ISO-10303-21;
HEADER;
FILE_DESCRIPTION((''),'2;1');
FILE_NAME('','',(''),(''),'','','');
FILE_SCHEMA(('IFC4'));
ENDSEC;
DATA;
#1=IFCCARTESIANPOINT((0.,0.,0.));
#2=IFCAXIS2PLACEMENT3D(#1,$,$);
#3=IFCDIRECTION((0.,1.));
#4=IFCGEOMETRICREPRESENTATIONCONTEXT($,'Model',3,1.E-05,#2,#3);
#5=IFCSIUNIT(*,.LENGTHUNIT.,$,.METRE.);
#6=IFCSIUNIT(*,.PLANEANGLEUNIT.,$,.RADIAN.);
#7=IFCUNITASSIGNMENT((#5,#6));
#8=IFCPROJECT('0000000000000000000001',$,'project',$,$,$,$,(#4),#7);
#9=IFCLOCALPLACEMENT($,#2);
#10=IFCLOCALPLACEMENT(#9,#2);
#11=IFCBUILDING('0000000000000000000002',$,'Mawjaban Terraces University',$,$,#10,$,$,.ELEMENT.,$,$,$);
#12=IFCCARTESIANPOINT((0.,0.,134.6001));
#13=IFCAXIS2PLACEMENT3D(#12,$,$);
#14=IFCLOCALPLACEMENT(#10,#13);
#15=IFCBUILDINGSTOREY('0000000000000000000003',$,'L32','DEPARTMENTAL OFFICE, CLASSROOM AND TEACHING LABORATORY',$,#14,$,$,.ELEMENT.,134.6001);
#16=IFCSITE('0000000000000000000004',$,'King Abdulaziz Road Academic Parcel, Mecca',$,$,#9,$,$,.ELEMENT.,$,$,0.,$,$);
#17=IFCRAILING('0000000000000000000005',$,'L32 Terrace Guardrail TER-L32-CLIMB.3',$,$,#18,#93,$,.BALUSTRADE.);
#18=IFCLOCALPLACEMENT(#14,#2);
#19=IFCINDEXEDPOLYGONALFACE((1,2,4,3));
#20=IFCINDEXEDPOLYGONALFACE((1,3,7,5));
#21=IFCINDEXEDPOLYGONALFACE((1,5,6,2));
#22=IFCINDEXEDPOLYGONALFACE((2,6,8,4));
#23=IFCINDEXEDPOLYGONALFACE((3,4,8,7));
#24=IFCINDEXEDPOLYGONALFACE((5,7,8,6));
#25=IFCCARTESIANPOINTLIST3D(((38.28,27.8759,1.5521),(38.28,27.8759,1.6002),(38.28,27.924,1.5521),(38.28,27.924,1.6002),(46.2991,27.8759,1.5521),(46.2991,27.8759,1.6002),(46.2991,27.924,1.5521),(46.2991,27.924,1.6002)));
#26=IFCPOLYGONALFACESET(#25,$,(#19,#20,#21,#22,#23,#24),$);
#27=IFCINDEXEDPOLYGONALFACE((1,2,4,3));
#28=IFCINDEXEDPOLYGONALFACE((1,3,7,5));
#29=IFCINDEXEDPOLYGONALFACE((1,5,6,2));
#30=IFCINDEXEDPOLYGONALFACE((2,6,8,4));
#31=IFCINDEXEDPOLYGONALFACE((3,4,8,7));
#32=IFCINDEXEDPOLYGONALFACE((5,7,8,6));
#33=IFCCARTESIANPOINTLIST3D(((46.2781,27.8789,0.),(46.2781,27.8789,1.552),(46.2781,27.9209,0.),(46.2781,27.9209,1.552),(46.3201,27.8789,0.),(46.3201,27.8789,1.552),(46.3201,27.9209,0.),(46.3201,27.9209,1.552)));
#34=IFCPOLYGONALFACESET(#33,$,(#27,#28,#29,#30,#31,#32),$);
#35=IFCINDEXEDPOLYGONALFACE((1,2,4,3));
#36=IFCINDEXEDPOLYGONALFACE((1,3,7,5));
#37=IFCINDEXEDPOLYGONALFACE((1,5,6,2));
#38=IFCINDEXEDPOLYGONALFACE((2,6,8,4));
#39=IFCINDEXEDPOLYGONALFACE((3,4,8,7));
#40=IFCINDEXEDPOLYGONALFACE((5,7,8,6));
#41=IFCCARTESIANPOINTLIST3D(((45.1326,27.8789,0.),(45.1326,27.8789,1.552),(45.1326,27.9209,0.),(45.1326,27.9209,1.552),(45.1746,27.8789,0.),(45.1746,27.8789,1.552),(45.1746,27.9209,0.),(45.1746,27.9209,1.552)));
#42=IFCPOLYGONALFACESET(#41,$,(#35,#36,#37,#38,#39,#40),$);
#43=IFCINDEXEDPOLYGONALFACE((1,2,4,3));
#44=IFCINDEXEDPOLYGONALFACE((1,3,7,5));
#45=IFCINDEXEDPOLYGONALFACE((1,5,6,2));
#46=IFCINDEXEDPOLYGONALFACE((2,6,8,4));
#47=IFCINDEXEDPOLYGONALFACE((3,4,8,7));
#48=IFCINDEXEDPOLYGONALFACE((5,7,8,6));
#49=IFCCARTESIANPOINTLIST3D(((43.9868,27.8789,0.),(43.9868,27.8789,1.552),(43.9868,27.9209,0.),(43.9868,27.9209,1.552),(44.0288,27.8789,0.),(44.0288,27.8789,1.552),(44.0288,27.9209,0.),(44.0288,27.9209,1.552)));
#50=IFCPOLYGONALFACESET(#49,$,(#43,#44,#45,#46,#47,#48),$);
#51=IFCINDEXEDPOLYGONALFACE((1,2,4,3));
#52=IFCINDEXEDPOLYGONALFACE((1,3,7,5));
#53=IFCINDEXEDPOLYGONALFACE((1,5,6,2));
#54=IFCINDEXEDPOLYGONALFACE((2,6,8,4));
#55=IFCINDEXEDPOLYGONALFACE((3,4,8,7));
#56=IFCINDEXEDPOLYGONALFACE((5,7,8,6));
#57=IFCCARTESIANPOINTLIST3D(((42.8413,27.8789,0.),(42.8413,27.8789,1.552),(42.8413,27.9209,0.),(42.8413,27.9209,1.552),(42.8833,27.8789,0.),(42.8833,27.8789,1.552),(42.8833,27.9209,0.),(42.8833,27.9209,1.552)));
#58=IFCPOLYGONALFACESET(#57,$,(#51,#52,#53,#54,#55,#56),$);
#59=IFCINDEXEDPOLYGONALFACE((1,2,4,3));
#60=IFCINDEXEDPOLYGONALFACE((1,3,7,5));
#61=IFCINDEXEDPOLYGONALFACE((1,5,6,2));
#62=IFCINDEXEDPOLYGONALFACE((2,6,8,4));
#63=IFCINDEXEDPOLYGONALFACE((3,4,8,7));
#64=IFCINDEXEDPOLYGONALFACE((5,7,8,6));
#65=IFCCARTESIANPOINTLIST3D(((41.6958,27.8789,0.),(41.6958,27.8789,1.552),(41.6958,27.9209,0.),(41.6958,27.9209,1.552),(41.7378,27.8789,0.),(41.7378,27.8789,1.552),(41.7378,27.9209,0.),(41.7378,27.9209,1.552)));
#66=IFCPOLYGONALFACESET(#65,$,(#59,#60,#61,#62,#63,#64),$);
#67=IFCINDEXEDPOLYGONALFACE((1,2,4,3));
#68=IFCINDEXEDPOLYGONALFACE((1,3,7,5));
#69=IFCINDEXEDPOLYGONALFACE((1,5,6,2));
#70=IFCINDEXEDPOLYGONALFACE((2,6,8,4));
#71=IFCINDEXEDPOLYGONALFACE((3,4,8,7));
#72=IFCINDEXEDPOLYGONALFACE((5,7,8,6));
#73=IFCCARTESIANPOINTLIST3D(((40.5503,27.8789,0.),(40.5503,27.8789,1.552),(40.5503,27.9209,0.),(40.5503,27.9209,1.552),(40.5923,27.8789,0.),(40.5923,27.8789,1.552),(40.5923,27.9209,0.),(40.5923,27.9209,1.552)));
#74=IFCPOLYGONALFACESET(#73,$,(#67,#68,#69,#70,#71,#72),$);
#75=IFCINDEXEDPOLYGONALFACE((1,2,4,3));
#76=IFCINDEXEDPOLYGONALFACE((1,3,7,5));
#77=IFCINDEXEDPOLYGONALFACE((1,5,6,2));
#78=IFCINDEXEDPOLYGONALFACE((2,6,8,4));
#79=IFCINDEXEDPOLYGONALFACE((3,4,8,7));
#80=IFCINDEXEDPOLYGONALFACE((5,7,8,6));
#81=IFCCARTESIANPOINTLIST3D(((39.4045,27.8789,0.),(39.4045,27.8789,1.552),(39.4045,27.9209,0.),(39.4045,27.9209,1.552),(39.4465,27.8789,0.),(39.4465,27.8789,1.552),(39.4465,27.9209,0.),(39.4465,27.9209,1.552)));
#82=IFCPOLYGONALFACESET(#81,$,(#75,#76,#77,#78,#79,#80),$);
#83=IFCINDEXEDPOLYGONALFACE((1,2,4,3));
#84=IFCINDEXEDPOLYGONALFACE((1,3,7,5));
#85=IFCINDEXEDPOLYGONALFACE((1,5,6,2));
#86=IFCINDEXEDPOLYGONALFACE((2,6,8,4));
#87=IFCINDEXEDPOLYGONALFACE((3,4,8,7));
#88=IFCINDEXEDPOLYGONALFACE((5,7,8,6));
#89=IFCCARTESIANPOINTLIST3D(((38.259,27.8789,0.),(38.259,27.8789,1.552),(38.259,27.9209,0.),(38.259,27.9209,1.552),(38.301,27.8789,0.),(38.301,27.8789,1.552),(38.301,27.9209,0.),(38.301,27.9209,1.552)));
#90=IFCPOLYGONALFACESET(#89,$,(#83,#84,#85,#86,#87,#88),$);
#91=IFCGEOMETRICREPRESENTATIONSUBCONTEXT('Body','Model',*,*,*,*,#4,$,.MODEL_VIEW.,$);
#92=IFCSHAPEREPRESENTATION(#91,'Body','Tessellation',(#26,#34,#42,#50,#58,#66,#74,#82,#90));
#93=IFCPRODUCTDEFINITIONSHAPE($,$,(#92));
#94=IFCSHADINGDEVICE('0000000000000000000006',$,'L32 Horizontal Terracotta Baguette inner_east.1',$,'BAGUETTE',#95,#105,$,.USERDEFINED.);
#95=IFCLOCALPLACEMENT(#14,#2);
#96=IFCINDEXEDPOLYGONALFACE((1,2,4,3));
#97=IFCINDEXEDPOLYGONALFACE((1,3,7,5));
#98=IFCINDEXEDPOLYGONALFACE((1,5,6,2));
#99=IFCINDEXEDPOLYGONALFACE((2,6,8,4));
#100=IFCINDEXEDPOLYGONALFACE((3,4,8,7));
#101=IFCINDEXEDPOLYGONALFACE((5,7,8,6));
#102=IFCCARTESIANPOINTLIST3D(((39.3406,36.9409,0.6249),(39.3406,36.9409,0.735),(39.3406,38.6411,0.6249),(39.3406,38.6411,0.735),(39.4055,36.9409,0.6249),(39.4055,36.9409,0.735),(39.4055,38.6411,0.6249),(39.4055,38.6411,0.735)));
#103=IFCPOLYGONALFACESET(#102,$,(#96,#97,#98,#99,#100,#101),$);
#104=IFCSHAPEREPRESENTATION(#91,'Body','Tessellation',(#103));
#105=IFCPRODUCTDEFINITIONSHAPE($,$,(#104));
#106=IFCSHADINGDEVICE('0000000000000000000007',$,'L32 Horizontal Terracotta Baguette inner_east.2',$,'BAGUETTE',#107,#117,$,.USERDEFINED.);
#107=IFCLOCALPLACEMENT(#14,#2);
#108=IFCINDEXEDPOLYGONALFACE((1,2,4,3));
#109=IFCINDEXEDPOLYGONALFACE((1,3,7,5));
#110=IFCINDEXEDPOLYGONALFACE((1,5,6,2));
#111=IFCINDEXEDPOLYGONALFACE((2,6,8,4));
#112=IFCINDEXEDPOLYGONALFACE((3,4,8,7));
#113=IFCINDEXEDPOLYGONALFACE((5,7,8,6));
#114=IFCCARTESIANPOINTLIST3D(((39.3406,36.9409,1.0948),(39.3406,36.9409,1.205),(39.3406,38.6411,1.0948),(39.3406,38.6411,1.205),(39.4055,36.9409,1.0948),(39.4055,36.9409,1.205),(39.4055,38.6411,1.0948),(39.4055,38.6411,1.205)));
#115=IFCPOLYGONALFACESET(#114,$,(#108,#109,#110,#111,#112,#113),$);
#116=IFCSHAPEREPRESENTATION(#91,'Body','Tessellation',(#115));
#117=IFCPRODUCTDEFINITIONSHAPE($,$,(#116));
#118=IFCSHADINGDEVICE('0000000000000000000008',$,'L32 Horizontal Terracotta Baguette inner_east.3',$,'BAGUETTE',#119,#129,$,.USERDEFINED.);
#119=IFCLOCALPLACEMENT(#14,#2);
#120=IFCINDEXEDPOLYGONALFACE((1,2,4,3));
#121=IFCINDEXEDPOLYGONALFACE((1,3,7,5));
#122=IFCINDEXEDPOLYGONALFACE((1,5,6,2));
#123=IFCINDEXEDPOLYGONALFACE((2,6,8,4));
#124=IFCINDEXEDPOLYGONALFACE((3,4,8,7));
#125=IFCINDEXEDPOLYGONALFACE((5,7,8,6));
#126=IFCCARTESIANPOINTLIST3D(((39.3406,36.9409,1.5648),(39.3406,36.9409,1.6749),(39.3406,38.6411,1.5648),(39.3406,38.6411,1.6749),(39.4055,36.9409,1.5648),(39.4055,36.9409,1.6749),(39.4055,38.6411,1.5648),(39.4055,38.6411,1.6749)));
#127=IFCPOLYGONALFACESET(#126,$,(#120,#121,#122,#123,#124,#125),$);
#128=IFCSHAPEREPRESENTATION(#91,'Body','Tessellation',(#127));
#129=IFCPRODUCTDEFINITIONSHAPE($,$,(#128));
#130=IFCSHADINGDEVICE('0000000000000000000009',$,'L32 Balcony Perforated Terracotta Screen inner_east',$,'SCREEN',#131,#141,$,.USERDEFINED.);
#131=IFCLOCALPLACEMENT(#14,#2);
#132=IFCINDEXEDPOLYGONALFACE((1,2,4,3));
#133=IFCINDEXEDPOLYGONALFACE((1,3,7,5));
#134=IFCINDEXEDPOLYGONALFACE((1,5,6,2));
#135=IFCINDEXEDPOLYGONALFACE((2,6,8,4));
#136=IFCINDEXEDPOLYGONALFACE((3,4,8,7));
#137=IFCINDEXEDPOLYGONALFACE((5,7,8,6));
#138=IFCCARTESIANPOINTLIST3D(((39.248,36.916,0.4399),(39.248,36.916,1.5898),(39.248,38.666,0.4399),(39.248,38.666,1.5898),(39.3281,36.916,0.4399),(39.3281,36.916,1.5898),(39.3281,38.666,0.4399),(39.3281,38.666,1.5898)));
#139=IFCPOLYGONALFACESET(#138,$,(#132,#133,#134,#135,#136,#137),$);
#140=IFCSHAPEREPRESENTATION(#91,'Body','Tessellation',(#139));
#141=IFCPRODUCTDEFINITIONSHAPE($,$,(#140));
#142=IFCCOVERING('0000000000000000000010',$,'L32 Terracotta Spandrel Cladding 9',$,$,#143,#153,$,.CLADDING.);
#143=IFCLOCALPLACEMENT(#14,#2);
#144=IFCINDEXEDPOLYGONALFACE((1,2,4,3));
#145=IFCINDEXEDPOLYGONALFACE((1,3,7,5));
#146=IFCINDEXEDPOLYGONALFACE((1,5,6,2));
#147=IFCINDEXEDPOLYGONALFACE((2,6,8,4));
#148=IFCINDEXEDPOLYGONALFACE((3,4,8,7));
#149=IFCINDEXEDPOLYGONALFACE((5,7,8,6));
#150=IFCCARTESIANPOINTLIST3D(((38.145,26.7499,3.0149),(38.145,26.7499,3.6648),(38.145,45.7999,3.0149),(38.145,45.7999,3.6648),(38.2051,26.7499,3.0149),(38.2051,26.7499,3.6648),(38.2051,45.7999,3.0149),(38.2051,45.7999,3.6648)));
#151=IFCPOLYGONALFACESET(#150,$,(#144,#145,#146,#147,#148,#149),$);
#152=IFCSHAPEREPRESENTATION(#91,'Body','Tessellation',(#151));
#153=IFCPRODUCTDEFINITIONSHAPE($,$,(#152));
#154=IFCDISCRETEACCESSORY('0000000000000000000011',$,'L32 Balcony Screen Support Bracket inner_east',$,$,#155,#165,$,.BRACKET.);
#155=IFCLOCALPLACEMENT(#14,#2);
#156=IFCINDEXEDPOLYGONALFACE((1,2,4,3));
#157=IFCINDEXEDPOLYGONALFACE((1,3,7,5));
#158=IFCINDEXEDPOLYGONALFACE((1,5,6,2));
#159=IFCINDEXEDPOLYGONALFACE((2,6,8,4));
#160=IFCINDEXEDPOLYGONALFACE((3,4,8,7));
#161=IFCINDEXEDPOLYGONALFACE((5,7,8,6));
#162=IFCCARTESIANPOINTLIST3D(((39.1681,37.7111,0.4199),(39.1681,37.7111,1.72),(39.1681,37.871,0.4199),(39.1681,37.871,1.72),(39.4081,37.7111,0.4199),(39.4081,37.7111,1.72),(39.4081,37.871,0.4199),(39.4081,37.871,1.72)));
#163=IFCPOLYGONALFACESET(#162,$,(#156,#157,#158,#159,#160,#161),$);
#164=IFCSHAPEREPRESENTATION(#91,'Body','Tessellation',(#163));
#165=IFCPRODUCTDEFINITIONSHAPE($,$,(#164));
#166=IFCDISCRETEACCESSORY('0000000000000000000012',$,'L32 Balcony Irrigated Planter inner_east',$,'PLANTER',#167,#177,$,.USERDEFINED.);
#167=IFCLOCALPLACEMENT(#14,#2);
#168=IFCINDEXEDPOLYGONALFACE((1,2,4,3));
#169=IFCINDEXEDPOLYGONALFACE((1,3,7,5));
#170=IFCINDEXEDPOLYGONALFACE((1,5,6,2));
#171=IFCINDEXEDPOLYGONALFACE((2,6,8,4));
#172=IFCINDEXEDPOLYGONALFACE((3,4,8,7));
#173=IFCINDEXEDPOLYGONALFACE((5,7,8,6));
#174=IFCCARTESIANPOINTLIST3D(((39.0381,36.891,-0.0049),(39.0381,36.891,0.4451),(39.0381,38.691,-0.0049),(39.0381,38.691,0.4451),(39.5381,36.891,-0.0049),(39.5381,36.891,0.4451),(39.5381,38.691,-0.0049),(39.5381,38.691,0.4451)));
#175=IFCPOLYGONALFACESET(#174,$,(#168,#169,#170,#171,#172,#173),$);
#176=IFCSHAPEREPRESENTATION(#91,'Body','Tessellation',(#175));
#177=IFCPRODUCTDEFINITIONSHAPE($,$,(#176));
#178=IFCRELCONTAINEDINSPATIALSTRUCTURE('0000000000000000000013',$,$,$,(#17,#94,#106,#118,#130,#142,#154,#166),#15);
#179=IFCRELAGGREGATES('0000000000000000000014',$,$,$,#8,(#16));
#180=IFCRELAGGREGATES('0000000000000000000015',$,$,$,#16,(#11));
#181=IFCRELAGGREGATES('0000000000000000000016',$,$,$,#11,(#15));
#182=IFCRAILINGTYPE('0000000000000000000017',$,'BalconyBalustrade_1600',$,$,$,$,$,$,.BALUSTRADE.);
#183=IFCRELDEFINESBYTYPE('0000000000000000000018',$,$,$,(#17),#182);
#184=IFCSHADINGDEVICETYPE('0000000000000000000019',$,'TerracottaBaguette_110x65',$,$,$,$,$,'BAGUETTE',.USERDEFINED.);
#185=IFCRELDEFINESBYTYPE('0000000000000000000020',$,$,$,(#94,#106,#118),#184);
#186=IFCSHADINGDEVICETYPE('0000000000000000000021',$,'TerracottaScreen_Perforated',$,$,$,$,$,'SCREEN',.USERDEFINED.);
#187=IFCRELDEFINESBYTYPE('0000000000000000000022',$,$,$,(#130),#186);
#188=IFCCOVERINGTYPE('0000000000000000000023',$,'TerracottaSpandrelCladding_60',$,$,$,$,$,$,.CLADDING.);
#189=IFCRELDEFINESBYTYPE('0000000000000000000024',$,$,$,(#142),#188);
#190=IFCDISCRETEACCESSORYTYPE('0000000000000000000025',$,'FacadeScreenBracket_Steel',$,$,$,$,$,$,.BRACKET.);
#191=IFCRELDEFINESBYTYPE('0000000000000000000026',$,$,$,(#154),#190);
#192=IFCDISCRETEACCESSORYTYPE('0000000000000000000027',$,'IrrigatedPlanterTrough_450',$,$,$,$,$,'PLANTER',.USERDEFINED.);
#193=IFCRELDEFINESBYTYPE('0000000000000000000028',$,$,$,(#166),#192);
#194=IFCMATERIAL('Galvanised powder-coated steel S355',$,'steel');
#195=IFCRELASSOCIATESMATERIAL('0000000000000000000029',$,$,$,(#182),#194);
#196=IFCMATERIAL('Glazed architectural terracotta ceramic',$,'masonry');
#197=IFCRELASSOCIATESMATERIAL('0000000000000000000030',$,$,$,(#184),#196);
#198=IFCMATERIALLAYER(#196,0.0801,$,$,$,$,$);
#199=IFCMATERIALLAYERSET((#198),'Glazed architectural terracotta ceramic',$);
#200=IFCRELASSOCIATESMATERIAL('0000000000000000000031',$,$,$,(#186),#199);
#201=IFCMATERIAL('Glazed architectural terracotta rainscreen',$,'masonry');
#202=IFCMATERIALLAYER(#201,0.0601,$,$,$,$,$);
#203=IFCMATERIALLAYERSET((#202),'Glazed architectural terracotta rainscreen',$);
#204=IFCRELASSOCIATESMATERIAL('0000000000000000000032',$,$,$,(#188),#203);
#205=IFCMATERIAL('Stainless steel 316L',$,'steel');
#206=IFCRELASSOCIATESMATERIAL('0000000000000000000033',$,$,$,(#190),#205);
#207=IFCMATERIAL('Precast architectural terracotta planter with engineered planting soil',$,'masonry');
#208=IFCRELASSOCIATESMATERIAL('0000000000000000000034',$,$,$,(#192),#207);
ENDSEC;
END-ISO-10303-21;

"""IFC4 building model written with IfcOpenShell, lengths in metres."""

from ifc_helpers import new_model, si_unit, direction, frame, origin, origin_2d, place, context, subcontext, project, spatial, rectangle, extrude, material, layer, layer_set, material_profile, profile_set, type_object, element, save


model = new_model("IFC4")

# Units and contexts
model_context = context("Model", 3, precision=1e-05, world=origin(), true_north=direction((0.0, 1.0)))
body_context = subcontext(model_context, "Body", "Model", "MODEL_VIEW")
ifc_project = project(units=[si_unit("LENGTHUNIT", "METRE"), si_unit("PLANEANGLEUNIT", "RADIAN")], contexts=[model_context])

# Site, building, storey
site_placement = place(None, origin())
site = spatial("IfcSite", under=ifc_project, at=site_placement, Name="King Abdulaziz Road Academic Parcel, Mecca", CompositionType="ELEMENT", RefElevation=0.0)
building_placement = place(site_placement, origin())
building = spatial("IfcBuilding", under=site, at=building_placement, Name="Mawjaban Terraces University", CompositionType="ELEMENT")
storey_placement = place(building_placement, frame((0.0, 0.0, 134.6001)))
storey = spatial("IfcBuildingStorey", under=building, at=storey_placement, Name="L32", Description="DEPARTMENTAL OFFICE, CLASSROOM AND TEACHING LABORATORY", CompositionType="ELEMENT", Elevation=134.6001)

# Railing
ifc_material_1 = material(Name="Galvanised powder-coated steel S355", Category="steel")
railing_type = type_object("IfcRailingType", Name="BalconyBalustrade_1600", PredefinedType="BALUSTRADE", material=ifc_material_1)
railing_1_placement = place(storey_placement, frame((46.2991, 27.8999, 0.0)))
element("IfcRailing", 1, at=railing_1_placement, inside=storey, type_object=railing_type, Name="L32 Terrace Guardrail TER-L32-CLIMB.3", PredefinedType="BALUSTRADE", context=body_context, shape_type="SweptSolid", body=[
    extrude(rectangle(XDim=0.0481, YDim=0.0481, at=origin_2d()), frame((0.0, 0.0, 1.5762), z_axis=(-1.0, 0.0, 0.0), x_axis=(0.0, -1.0, 0.0)), (0.0, 0.0, 1.0), 8.019),
    extrude(rectangle(XDim=0.042, YDim=0.042, at=origin_2d()), origin(), (0.0, 0.0, 1.0), 1.552),
    extrude(rectangle(XDim=0.042, YDim=0.042, at=origin_2d()), frame((-1.1455, 0.0, 0.0)), (0.0, 0.0, 1.0), 1.552),
    extrude(rectangle(XDim=0.042, YDim=0.042, at=origin_2d()), frame((-2.2913, 0.0, 0.0)), (0.0, 0.0, 1.0), 1.552),
    extrude(rectangle(XDim=0.042, YDim=0.042, at=origin_2d()), frame((-3.4368, 0.0, 0.0)), (0.0, 0.0, 1.0), 1.552),
    extrude(rectangle(XDim=0.042, YDim=0.042, at=origin_2d()), frame((-4.5823, 0.0, 0.0)), (0.0, 0.0, 1.0), 1.552),
    extrude(rectangle(XDim=0.042, YDim=0.042, at=origin_2d()), frame((-5.7278, 0.0, 0.0)), (0.0, 0.0, 1.0), 1.552),
    extrude(rectangle(XDim=0.042, YDim=0.042, at=origin_2d()), frame((-6.8735, 0.0, 0.0)), (0.0, 0.0, 1.0), 1.552),
    extrude(rectangle(XDim=0.042, YDim=0.042, at=origin_2d()), frame((-8.019, 0.0, 0.0)), (0.0, 0.0, 1.0), 1.552),
])

# Shading devices
ifc_material_2 = material(Name="Glazed architectural terracotta ceramic", Category="masonry")
ifc_material_profile_1 = material_profile(ifc_material_2, rectangle(XDim=0.0649, YDim=0.1101, at=origin_2d()), Name="TBAG110X65")
ifc_profile_set_1 = profile_set([ifc_material_profile_1], Name="Glazed architectural terracotta ceramic")
shading_device_type_1 = type_object("IfcShadingDeviceType", Name="TerracottaBaguette_110x65", ElementType="BAGUETTE", PredefinedType="USERDEFINED", material=ifc_profile_set_1)
for number, where, z_axis, x_axis, name in (
    (2, (39.373, 36.9409, 0.6799), (0.0, 1.0, 0.0), (-1.0, 0.0, 0.0), "L32 Horizontal Terracotta Baguette inner_east.1"),
    (3, (39.373, 36.9409, 1.1499), (0.0, 1.0, 0.0), (-1.0, 0.0, 0.0), "L32 Horizontal Terracotta Baguette inner_east.2"),
    (4, (39.373, 36.9409, 1.6199), (0.0, 1.0, 0.0), (-1.0, 0.0, 0.0), "L32 Horizontal Terracotta Baguette inner_east.3"),
):
    element("IfcShadingDevice", number, at=place(storey_placement, frame(where, z_axis=z_axis, x_axis=x_axis)), inside=storey, type_object=shading_device_type_1, Name=name, ObjectType="BAGUETTE", PredefinedType="USERDEFINED", context=body_context, shape_type="SweptSolid", body=[
        extrude(rectangle(XDim=0.0649, YDim=0.1101, at=origin_2d()), origin(), (0.0, 0.0, 1.0), 1.7002),
    ])
ifc_layer_1 = layer(ifc_material_2, 0.0801)
ifc_layer_set_1 = layer_set([ifc_layer_1], Name="Glazed architectural terracotta ceramic")
shading_device_type_2 = type_object("IfcShadingDeviceType", Name="TerracottaScreen_Perforated", ElementType="SCREEN", PredefinedType="USERDEFINED", material=ifc_layer_set_1)
shading_device_placement = place(storey_placement, frame((39.2881, 37.791, 0.4399), z_axis=(0.0, 0.0, 1.0), x_axis=(0.0, 1.0, 0.0)))
element("IfcShadingDevice", 5, at=shading_device_placement, inside=storey, type_object=shading_device_type_2, Name="L32 Balcony Perforated Terracotta Screen inner_east", ObjectType="SCREEN", PredefinedType="USERDEFINED", context=body_context, shape_type="SweptSolid", body=[
    extrude(rectangle(XDim=1.75, YDim=0.0801, at=origin_2d()), origin(), (0.0, 0.0, 1.0), 1.1499),
])

# Covering
ifc_material_3 = material(Name="Glazed architectural terracotta rainscreen", Category="masonry")
ifc_layer_2 = layer(ifc_material_3, 0.0601)
ifc_layer_set_2 = layer_set([ifc_layer_2], Name="Glazed architectural terracotta rainscreen")
covering_type = type_object("IfcCoveringType", Name="TerracottaSpandrelCladding_60", PredefinedType="CLADDING", material=ifc_layer_set_2)
covering_placement = place(storey_placement, frame((38.175, 36.2749, 3.0149), z_axis=(0.0, 0.0, 1.0), x_axis=(0.0, 1.0, 0.0)))
element("IfcCovering", 6, at=covering_placement, inside=storey, type_object=covering_type, Name="L32 Terracotta Spandrel Cladding 9", PredefinedType="CLADDING", context=body_context, shape_type="SweptSolid", body=[
    extrude(rectangle(XDim=19.05, YDim=0.0601, at=origin_2d()), origin(), (0.0, 0.0, 1.0), 0.6499),
])

# Discrete accessories
ifc_material_4 = material(Name="Stainless steel 316L", Category="steel")
discrete_accessory_type_1 = type_object("IfcDiscreteAccessoryType", Name="FacadeScreenBracket_Steel", PredefinedType="BRACKET", material=ifc_material_4)
discrete_accessory_1_placement = place(storey_placement, frame((39.2881, 37.791, 0.4199), z_axis=(0.0, 0.0, 1.0), x_axis=(0.0, 1.0, 0.0)))
element("IfcDiscreteAccessory", 7, at=discrete_accessory_1_placement, inside=storey, type_object=discrete_accessory_type_1, Name="L32 Balcony Screen Support Bracket inner_east", PredefinedType="BRACKET", context=body_context, shape_type="SweptSolid", body=[
    extrude(rectangle(XDim=0.1599, YDim=0.24, at=origin_2d()), origin(), (0.0, 0.0, 1.0), 1.3),
])
ifc_material_5 = material(Name="Precast architectural terracotta planter with engineered planting soil", Category="masonry")
discrete_accessory_type_2 = type_object("IfcDiscreteAccessoryType", Name="IrrigatedPlanterTrough_450", ElementType="PLANTER", PredefinedType="USERDEFINED", material=ifc_material_5)
discrete_accessory_2_placement = place(storey_placement, frame((39.2881, 37.791, -0.0049), z_axis=(0.0, 0.0, 1.0), x_axis=(0.0, 1.0, 0.0)))
element("IfcDiscreteAccessory", 8, at=discrete_accessory_2_placement, inside=storey, type_object=discrete_accessory_type_2, Name="L32 Balcony Irrigated Planter inner_east", ObjectType="PLANTER", PredefinedType="USERDEFINED", context=body_context, shape_type="SweptSolid", body=[
    extrude(rectangle(XDim=1.8, YDim=0.5, at=origin_2d()), origin(), (0.0, 0.0, 1.0), 0.45),
])

save(model, "model.ifc")
